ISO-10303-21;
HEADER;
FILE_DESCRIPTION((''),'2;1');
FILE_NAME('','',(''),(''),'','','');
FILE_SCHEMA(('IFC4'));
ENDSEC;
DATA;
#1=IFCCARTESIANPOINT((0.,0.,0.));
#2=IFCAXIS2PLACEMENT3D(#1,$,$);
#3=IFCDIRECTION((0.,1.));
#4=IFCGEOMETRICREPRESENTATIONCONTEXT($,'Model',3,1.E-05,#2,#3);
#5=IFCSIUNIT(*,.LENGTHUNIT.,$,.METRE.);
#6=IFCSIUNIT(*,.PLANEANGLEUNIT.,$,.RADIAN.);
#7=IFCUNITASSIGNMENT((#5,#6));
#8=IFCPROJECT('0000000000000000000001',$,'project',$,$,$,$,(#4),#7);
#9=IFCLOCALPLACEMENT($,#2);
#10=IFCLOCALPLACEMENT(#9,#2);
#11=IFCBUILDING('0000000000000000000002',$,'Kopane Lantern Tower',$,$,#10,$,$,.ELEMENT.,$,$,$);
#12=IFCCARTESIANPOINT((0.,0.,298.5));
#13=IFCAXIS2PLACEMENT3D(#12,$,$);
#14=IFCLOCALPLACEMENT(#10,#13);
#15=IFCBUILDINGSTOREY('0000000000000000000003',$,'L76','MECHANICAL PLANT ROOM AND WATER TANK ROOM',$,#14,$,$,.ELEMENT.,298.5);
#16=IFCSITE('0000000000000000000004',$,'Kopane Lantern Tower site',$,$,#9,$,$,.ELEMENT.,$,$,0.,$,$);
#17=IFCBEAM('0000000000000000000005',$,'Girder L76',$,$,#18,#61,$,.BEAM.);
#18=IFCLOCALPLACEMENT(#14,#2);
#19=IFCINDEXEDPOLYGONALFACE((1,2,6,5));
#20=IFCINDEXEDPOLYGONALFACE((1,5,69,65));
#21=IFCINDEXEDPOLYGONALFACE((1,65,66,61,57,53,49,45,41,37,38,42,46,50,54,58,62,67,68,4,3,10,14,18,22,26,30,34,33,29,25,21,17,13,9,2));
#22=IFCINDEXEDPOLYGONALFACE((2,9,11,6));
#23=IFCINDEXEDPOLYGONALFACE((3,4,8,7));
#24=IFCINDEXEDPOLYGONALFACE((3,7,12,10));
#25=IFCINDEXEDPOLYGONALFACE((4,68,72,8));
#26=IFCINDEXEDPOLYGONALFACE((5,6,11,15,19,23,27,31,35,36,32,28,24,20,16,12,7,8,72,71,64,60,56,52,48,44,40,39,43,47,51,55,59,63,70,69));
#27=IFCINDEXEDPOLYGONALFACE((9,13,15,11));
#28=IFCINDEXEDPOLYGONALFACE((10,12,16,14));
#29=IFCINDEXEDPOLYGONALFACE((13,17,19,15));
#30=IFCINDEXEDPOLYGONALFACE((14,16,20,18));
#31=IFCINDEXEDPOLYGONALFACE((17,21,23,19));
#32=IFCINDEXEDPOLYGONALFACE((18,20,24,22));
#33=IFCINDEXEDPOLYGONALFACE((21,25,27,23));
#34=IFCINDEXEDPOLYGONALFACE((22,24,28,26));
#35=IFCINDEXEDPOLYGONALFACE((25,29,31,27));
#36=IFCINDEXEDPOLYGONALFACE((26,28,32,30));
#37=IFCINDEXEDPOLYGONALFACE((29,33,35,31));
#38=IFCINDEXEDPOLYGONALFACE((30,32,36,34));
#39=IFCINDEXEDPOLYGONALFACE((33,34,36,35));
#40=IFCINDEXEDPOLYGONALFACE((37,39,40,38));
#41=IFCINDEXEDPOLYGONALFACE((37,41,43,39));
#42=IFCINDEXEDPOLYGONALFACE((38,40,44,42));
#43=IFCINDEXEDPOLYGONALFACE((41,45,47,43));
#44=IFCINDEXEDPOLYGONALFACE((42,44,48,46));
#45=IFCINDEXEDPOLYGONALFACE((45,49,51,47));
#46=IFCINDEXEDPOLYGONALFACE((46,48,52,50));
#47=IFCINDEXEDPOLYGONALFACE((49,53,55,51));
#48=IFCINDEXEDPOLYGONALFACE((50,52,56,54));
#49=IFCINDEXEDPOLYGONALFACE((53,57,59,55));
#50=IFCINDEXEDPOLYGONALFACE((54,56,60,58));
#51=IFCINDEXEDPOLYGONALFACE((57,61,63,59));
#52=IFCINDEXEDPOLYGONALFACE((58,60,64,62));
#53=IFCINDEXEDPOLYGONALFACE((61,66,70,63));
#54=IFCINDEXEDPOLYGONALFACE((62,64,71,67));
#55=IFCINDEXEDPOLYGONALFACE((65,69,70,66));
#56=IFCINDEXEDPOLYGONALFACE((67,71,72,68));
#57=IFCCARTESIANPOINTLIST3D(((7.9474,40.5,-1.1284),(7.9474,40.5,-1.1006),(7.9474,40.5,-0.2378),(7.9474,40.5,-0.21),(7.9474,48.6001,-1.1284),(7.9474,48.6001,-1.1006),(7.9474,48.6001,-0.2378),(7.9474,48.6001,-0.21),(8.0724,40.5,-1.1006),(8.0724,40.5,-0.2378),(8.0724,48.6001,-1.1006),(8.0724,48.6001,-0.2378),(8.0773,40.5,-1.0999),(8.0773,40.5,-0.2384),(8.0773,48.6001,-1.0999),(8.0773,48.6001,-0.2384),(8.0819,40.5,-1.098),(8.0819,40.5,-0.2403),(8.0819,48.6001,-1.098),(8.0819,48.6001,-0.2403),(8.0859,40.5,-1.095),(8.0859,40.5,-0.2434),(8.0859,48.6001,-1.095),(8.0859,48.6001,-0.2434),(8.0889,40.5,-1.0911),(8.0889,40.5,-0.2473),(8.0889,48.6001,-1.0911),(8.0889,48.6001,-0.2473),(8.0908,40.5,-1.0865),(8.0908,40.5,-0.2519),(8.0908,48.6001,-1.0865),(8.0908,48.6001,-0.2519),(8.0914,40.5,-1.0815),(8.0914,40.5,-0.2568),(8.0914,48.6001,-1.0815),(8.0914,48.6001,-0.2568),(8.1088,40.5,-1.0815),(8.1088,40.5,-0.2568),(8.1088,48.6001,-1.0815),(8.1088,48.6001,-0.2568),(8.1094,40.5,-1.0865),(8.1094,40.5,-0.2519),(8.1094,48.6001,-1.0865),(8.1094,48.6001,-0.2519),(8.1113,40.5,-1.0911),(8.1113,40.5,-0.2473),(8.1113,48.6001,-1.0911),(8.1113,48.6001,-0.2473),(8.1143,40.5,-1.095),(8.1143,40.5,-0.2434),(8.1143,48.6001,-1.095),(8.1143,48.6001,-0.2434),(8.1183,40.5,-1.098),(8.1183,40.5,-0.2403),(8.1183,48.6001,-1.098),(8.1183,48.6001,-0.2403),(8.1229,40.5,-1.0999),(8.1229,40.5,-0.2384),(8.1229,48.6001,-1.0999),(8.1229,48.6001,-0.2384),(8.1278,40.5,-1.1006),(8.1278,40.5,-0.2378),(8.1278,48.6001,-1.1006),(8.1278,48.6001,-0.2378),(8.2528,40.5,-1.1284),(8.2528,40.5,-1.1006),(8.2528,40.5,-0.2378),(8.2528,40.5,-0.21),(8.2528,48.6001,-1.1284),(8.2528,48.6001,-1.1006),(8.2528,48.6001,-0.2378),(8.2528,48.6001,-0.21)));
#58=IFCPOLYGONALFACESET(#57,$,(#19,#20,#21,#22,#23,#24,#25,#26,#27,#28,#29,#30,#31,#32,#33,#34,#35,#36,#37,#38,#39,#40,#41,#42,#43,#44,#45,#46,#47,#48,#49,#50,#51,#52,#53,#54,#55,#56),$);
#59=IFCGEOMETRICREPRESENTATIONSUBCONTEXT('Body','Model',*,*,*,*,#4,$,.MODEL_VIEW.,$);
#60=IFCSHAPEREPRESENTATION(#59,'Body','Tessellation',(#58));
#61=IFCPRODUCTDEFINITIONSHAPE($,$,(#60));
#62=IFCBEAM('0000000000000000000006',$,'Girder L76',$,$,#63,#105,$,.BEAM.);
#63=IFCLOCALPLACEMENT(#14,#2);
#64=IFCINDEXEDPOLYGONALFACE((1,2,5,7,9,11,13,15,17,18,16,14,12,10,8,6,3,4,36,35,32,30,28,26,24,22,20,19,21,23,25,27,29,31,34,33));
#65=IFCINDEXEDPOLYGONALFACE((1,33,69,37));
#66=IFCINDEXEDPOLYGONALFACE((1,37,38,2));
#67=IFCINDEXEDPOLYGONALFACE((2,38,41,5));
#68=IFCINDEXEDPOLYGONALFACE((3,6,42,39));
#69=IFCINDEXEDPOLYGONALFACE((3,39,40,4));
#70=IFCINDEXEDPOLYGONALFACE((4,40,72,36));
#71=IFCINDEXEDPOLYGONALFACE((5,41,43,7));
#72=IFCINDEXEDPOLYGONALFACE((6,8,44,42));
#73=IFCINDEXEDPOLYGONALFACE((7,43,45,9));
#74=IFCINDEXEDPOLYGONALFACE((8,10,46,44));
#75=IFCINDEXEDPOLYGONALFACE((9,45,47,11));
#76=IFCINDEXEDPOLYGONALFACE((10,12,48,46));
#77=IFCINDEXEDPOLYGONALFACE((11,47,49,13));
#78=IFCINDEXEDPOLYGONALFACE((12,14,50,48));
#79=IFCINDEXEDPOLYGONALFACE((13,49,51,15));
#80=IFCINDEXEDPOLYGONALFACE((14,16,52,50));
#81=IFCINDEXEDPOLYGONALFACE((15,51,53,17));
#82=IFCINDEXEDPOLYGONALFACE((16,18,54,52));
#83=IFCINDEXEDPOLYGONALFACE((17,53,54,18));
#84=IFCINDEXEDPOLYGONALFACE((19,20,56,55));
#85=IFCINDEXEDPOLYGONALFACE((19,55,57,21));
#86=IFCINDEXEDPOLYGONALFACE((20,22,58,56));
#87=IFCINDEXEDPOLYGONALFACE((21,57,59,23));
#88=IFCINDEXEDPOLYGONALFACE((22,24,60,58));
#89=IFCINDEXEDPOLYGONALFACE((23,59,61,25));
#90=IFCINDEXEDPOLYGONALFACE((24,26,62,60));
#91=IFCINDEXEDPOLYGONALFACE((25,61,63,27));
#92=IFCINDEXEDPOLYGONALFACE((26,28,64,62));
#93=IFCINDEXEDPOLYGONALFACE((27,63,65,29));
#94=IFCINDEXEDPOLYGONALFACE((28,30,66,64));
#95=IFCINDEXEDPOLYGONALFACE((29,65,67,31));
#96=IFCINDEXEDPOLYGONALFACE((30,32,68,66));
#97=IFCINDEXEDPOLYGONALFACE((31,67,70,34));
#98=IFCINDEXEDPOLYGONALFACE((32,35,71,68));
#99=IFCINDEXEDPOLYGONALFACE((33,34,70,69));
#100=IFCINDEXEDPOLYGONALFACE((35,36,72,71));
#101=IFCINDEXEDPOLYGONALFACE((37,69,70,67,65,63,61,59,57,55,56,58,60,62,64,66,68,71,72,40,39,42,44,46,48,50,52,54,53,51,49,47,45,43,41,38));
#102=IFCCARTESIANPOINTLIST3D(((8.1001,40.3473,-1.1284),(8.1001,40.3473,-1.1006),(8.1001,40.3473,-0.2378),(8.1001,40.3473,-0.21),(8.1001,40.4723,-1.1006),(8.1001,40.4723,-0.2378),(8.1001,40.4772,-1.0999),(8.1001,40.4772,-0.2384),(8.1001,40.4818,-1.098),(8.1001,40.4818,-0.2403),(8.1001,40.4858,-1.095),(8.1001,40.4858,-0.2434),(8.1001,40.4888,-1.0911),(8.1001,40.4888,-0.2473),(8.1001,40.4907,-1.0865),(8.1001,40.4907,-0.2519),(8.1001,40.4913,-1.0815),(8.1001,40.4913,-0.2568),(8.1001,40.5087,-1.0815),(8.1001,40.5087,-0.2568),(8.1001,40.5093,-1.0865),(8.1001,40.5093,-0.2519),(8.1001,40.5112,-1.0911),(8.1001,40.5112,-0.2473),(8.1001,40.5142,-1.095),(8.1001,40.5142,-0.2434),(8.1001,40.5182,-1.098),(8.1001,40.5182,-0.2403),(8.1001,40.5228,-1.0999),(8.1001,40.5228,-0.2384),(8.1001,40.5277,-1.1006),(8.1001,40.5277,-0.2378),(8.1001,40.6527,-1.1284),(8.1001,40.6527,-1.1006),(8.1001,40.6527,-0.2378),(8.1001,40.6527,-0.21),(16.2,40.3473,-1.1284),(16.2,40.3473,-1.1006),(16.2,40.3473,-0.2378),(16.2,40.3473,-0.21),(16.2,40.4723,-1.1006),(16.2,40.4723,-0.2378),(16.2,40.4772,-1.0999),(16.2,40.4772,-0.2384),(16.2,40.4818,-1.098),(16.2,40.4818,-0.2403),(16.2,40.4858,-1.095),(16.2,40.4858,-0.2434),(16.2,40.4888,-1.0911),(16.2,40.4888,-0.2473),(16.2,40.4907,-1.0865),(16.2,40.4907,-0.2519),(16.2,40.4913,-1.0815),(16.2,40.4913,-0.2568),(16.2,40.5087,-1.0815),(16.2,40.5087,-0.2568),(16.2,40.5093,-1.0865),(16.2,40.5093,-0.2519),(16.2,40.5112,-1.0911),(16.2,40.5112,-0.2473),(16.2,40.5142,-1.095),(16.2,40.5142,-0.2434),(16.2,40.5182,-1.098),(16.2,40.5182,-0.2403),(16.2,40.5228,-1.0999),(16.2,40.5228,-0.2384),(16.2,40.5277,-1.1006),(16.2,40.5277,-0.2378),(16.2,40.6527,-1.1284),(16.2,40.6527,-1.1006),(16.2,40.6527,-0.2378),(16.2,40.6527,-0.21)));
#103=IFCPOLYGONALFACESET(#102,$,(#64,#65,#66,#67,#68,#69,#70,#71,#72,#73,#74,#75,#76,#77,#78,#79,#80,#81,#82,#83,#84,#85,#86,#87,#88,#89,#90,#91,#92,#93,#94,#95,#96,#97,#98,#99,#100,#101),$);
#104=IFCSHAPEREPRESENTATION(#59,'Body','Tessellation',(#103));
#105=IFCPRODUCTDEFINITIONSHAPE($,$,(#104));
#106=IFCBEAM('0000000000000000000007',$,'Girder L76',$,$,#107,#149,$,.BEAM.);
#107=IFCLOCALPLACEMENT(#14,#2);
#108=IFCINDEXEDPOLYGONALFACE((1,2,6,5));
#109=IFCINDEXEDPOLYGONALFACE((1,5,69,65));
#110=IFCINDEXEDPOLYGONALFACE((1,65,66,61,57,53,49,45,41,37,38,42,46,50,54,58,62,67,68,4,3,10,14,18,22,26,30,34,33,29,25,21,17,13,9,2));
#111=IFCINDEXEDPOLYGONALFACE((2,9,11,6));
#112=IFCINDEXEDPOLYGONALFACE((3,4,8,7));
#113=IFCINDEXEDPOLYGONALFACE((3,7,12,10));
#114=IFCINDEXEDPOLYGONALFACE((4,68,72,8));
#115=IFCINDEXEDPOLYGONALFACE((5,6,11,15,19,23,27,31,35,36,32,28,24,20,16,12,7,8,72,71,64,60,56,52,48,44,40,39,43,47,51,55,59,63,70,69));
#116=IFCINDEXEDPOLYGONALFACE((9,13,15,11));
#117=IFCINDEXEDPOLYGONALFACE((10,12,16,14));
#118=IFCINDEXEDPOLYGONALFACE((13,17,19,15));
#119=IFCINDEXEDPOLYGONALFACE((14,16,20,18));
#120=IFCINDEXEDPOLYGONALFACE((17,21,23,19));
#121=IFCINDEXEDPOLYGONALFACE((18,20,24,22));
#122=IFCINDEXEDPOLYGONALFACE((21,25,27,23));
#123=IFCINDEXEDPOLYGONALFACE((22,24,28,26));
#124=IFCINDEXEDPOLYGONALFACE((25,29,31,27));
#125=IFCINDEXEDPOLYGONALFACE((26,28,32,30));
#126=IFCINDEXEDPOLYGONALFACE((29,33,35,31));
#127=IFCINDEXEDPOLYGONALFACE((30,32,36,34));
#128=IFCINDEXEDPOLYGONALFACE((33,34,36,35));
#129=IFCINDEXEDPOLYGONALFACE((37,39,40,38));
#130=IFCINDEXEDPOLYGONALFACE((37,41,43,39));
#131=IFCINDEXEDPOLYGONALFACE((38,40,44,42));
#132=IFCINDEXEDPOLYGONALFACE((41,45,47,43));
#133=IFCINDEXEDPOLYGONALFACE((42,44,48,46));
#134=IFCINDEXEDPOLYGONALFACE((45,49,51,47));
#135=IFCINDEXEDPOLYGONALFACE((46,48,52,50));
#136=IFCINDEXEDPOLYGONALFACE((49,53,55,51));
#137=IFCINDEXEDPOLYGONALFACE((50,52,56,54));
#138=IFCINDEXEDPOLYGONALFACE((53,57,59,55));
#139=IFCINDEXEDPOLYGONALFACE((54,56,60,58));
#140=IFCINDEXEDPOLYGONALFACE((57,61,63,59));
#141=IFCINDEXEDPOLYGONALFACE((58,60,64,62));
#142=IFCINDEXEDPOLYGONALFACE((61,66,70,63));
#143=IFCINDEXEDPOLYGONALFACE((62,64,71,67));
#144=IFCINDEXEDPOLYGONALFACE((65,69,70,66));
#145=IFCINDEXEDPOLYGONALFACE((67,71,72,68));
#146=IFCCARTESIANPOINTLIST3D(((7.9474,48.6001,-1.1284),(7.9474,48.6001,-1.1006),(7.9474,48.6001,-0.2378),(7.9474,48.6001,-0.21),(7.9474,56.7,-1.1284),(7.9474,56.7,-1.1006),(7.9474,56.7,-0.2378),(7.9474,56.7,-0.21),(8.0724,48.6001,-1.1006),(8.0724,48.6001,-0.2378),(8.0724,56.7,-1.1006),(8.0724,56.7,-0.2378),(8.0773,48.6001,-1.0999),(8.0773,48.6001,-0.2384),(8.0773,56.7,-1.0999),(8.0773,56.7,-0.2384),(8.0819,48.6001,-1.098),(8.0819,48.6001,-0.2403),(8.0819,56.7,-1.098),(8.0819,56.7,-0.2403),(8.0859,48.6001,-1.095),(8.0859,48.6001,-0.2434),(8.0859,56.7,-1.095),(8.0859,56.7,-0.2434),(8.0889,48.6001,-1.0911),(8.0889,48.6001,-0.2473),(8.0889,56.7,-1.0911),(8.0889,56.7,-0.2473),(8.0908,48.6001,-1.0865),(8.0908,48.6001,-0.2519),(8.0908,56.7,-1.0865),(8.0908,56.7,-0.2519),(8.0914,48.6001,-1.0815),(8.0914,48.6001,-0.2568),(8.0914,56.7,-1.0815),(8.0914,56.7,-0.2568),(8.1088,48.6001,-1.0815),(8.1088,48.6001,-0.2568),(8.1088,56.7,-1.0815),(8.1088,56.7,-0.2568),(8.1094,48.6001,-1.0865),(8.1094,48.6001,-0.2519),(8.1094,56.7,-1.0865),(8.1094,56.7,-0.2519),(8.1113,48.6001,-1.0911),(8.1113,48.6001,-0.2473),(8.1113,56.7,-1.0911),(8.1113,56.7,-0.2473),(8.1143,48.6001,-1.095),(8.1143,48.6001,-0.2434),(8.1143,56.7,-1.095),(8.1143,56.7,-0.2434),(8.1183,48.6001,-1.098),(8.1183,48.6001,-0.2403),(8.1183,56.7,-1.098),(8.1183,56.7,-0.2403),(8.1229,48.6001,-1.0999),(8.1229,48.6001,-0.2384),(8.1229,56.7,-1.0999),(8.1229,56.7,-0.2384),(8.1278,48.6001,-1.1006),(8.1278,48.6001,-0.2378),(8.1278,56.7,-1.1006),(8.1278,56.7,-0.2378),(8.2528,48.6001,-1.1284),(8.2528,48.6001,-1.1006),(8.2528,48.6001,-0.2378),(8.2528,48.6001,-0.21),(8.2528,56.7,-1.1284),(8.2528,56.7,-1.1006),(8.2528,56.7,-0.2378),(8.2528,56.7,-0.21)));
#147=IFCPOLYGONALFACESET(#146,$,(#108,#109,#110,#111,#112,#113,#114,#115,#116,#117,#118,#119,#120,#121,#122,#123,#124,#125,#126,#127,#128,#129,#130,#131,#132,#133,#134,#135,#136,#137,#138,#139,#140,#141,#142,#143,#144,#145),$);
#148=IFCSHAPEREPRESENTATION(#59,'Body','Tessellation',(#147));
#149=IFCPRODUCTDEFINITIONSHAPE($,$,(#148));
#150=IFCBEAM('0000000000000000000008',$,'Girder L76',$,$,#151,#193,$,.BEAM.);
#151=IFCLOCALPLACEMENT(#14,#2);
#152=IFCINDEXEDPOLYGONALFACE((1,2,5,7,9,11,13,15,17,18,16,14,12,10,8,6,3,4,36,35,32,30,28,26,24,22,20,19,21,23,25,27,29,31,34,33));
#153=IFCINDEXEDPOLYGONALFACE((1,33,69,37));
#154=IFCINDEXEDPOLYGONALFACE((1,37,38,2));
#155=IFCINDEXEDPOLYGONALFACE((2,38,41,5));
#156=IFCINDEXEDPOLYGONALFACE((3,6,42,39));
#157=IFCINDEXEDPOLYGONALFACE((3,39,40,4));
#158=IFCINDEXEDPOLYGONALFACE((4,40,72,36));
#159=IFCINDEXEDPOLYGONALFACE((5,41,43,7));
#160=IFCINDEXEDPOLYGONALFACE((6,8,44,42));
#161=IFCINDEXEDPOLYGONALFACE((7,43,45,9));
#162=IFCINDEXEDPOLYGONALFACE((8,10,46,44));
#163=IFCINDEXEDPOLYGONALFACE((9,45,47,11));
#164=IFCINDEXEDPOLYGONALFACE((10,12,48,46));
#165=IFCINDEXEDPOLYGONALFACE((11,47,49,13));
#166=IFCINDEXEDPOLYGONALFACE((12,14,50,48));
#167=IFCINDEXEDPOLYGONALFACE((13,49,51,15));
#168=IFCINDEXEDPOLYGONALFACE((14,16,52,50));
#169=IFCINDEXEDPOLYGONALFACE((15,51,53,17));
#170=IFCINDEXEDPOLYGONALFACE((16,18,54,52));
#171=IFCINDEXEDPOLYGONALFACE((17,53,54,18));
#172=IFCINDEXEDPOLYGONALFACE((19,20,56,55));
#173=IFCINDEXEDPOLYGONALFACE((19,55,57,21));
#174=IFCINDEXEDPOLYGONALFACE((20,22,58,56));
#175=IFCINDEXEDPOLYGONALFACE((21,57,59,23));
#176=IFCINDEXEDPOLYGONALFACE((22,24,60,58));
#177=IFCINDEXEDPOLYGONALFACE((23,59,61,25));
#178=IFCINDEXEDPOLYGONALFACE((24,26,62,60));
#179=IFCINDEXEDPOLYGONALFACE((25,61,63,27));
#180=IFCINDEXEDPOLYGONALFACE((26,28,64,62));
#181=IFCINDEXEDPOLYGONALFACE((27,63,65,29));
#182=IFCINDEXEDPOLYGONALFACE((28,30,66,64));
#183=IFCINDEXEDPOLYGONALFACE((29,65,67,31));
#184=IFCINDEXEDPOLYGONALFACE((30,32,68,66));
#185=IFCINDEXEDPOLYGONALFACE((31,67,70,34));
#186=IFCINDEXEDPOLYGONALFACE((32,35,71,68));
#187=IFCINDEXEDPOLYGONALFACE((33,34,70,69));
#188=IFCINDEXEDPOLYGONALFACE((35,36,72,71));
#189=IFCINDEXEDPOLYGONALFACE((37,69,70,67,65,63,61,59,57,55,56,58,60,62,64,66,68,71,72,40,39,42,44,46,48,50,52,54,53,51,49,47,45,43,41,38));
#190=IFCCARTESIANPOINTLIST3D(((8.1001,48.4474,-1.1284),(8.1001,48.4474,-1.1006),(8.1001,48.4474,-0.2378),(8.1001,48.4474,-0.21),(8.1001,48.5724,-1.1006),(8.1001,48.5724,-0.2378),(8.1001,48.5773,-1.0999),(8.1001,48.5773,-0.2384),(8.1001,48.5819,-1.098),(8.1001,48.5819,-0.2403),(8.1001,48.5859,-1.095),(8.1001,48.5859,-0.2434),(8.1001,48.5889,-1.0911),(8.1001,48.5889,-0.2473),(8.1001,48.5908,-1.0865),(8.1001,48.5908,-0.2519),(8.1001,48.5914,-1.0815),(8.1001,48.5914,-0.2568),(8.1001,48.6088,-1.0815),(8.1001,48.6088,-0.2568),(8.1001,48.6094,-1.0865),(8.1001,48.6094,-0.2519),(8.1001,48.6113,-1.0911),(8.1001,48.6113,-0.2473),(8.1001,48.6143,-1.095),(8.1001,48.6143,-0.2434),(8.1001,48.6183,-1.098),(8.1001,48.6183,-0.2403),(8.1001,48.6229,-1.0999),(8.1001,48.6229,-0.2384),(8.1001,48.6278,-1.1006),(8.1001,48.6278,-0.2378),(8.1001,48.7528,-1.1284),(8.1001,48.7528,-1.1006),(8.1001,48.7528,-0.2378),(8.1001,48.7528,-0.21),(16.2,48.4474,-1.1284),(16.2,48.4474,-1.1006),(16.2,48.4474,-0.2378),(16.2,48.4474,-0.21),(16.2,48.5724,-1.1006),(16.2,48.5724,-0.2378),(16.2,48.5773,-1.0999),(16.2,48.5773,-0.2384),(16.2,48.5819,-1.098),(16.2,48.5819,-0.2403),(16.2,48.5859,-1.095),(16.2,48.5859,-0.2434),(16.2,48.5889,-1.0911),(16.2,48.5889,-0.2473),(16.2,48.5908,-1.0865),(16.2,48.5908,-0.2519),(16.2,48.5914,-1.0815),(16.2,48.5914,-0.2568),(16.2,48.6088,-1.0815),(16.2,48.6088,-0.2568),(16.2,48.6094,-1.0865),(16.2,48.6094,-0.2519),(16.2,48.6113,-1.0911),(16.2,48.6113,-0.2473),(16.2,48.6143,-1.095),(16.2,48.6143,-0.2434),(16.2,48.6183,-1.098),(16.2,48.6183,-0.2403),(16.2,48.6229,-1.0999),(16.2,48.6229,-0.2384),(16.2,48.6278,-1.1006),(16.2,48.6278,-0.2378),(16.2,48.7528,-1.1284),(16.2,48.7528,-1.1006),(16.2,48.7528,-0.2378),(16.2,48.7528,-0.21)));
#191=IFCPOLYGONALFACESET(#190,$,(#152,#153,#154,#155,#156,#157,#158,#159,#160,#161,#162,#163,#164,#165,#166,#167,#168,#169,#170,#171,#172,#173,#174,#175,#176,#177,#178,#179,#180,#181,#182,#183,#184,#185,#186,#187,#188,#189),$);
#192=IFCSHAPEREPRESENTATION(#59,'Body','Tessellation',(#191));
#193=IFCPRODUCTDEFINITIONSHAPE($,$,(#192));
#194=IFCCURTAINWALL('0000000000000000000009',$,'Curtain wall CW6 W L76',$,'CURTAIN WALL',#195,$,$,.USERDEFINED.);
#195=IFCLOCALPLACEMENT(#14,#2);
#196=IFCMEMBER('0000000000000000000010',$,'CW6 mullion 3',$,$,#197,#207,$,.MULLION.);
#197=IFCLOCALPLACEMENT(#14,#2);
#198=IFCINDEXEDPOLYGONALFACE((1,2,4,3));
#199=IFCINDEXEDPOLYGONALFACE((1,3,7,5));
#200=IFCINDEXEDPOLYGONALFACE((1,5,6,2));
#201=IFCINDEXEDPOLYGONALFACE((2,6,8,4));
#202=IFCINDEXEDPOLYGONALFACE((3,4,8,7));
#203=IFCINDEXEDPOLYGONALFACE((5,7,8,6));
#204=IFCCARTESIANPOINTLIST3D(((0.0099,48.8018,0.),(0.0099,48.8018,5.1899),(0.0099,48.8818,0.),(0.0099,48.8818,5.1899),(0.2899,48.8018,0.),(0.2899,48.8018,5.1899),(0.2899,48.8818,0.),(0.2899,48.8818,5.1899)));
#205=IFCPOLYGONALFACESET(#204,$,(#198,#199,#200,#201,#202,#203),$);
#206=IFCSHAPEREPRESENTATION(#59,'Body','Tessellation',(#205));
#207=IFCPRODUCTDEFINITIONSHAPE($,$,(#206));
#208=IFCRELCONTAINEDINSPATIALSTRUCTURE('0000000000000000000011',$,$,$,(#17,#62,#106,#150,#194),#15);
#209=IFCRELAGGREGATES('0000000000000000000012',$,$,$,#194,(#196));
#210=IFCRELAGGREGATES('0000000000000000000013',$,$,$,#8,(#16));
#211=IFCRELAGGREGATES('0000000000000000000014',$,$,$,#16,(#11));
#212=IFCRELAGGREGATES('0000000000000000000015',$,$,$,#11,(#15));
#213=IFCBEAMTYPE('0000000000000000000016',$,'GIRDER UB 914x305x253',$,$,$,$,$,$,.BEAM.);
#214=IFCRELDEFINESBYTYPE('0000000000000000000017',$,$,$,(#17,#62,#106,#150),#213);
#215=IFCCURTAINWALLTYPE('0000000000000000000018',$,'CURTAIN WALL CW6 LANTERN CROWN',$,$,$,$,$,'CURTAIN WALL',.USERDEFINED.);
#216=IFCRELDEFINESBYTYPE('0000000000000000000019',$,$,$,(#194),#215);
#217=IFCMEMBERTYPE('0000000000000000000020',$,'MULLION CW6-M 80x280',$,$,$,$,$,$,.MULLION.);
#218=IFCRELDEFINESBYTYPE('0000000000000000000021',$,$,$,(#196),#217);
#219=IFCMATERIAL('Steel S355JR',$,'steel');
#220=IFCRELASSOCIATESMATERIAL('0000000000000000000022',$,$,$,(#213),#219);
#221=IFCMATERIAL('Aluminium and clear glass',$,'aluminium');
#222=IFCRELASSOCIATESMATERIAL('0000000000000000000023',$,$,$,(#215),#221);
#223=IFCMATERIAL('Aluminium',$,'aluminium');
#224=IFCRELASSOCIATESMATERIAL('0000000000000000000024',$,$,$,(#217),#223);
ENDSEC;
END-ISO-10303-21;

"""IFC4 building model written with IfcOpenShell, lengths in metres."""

from ifc_helpers import new_model, si_unit, direction, frame, origin, origin_2d, place, context, subcontext, project, spatial, rectangle, i_section, extrude, material, material_profile, profile_set, type_object, element, aggregate, save


model = new_model("IFC4")

# Units and contexts
model_context = context("Model", 3, precision=1e-05, world=origin(), true_north=direction((0.0, 1.0)))
body_context = subcontext(model_context, "Body", "Model", "MODEL_VIEW")
ifc_project = project(units=[si_unit("LENGTHUNIT", "METRE"), si_unit("PLANEANGLEUNIT", "RADIAN")], contexts=[model_context])

# Site, building, storey
site_placement = place(None, origin())
site = spatial("IfcSite", under=ifc_project, at=site_placement, Name="Kopane Lantern Tower site", CompositionType="ELEMENT", RefElevation=0.0)
building_placement = place(site_placement, origin())
building = spatial("IfcBuilding", under=site, at=building_placement, Name="Kopane Lantern Tower", CompositionType="ELEMENT")
storey_placement = place(building_placement, frame((0.0, 0.0, 298.5)))
storey = spatial("IfcBuildingStorey", under=building, at=storey_placement, Name="L76", Description="MECHANICAL PLANT ROOM AND WATER TANK ROOM", CompositionType="ELEMENT", Elevation=298.5)

# Beams
ifc_material_1 = material(Name="Steel S355JR", Category="steel")
ifc_material_profile_1 = material_profile(ifc_material_1, i_section(OverallWidth=0.3054, OverallDepth=0.9185, WebThickness=0.0173, FlangeThickness=0.0278, FilletRadius=0.019, at=origin_2d()), Name="UB 914x305x253")
ifc_profile_set_1 = profile_set([ifc_material_profile_1], Name="Steel S355JR")
beam_type = type_object("IfcBeamType", Name="GIRDER UB 914x305x253", PredefinedType="BEAM", material=ifc_profile_set_1)
for number, where, z_axis, x_axis, name in (
    (1, (8.1001, 40.5, -0.6692), (0.0, 1.0, 0.0), (-1.0, 0.0, 0.0), "Girder L76"),
):
    element("IfcBeam", number, at=place(storey_placement, frame(where, z_axis=z_axis, x_axis=x_axis)), inside=storey, type_object=beam_type, Name=name, PredefinedType="BEAM", context=body_context, shape_type="SweptSolid", body=[
        extrude(i_section(OverallWidth=0.3054, OverallDepth=0.9185, WebThickness=0.0173, FlangeThickness=0.0278, FilletRadius=0.019, at=origin_2d()), origin(), (0.0, 0.0, 1.0), 8.1001),
    ])
for number, where, z_axis, x_axis, name in (
    (2, (8.1001, 40.5, -0.6692), (1.0, 0.0, 0.0), (0.0, 1.0, 0.0), "Girder L76"),
    (3, (8.1001, 48.6001, -0.6692), (0.0, 1.0, 0.0), (-1.0, 0.0, 0.0), "Girder L76"),
    (4, (8.1001, 48.6001, -0.6692), (1.0, 0.0, 0.0), (0.0, 1.0, 0.0), "Girder L76"),
):
    element("IfcBeam", number, at=place(storey_placement, frame(where, z_axis=z_axis, x_axis=x_axis)), inside=storey, type_object=beam_type, Name=name, PredefinedType="BEAM", context=body_context, shape_type="SweptSolid", body=[
        extrude(i_section(OverallWidth=0.3054, OverallDepth=0.9185, WebThickness=0.0173, FlangeThickness=0.0278, FilletRadius=0.019, at=origin_2d()), origin(), (0.0, 0.0, 1.0), 8.0999),
    ])

# Curtain wall, member
ifc_material_2 = material(Name="Aluminium and clear glass", Category="aluminium")
curtain_wall_type = type_object("IfcCurtainWallType", Name="CURTAIN WALL CW6 LANTERN CROWN", ElementType="CURTAIN WALL", PredefinedType="USERDEFINED", material=ifc_material_2)
curtain_wall_1_placement = place(storey_placement, origin())
curtain_wall_1 = element("IfcCurtainWall", 5, at=curtain_wall_1_placement, inside=storey, type_object=curtain_wall_type, Name="Curtain wall CW6 W L76", ObjectType="CURTAIN WALL", PredefinedType="USERDEFINED")
ifc_material_3 = material(Name="Aluminium", Category="aluminium")
ifc_material_profile_2 = material_profile(ifc_material_3, rectangle(XDim=0.0801, YDim=0.28, at=origin_2d()), Name="AL 80x280")
ifc_profile_set_2 = profile_set([ifc_material_profile_2], Name="Aluminium")
member_type_1 = type_object("IfcMemberType", Name="MULLION CW6-M 80x280", PredefinedType="MULLION", material=ifc_profile_set_2)
member_1_placement = place(storey_placement, frame((0.1499, 48.8418, 0.0), z_axis=(0.0, 0.0, 1.0), x_axis=(0.0, -1.0, 0.0)))
member_1 = element("IfcMember", 6, at=member_1_placement, type_object=member_type_1, Name="CW6 mullion 3", PredefinedType="MULLION", context=body_context, shape_type="SweptSolid", body=[
    extrude(rectangle(XDim=0.0801, YDim=0.28, at=origin_2d()), origin(), (0.0, 0.0, 1.0), 5.1899),
])

aggregate(curtain_wall_1, [member_1])

save(model, "model.ifc")
